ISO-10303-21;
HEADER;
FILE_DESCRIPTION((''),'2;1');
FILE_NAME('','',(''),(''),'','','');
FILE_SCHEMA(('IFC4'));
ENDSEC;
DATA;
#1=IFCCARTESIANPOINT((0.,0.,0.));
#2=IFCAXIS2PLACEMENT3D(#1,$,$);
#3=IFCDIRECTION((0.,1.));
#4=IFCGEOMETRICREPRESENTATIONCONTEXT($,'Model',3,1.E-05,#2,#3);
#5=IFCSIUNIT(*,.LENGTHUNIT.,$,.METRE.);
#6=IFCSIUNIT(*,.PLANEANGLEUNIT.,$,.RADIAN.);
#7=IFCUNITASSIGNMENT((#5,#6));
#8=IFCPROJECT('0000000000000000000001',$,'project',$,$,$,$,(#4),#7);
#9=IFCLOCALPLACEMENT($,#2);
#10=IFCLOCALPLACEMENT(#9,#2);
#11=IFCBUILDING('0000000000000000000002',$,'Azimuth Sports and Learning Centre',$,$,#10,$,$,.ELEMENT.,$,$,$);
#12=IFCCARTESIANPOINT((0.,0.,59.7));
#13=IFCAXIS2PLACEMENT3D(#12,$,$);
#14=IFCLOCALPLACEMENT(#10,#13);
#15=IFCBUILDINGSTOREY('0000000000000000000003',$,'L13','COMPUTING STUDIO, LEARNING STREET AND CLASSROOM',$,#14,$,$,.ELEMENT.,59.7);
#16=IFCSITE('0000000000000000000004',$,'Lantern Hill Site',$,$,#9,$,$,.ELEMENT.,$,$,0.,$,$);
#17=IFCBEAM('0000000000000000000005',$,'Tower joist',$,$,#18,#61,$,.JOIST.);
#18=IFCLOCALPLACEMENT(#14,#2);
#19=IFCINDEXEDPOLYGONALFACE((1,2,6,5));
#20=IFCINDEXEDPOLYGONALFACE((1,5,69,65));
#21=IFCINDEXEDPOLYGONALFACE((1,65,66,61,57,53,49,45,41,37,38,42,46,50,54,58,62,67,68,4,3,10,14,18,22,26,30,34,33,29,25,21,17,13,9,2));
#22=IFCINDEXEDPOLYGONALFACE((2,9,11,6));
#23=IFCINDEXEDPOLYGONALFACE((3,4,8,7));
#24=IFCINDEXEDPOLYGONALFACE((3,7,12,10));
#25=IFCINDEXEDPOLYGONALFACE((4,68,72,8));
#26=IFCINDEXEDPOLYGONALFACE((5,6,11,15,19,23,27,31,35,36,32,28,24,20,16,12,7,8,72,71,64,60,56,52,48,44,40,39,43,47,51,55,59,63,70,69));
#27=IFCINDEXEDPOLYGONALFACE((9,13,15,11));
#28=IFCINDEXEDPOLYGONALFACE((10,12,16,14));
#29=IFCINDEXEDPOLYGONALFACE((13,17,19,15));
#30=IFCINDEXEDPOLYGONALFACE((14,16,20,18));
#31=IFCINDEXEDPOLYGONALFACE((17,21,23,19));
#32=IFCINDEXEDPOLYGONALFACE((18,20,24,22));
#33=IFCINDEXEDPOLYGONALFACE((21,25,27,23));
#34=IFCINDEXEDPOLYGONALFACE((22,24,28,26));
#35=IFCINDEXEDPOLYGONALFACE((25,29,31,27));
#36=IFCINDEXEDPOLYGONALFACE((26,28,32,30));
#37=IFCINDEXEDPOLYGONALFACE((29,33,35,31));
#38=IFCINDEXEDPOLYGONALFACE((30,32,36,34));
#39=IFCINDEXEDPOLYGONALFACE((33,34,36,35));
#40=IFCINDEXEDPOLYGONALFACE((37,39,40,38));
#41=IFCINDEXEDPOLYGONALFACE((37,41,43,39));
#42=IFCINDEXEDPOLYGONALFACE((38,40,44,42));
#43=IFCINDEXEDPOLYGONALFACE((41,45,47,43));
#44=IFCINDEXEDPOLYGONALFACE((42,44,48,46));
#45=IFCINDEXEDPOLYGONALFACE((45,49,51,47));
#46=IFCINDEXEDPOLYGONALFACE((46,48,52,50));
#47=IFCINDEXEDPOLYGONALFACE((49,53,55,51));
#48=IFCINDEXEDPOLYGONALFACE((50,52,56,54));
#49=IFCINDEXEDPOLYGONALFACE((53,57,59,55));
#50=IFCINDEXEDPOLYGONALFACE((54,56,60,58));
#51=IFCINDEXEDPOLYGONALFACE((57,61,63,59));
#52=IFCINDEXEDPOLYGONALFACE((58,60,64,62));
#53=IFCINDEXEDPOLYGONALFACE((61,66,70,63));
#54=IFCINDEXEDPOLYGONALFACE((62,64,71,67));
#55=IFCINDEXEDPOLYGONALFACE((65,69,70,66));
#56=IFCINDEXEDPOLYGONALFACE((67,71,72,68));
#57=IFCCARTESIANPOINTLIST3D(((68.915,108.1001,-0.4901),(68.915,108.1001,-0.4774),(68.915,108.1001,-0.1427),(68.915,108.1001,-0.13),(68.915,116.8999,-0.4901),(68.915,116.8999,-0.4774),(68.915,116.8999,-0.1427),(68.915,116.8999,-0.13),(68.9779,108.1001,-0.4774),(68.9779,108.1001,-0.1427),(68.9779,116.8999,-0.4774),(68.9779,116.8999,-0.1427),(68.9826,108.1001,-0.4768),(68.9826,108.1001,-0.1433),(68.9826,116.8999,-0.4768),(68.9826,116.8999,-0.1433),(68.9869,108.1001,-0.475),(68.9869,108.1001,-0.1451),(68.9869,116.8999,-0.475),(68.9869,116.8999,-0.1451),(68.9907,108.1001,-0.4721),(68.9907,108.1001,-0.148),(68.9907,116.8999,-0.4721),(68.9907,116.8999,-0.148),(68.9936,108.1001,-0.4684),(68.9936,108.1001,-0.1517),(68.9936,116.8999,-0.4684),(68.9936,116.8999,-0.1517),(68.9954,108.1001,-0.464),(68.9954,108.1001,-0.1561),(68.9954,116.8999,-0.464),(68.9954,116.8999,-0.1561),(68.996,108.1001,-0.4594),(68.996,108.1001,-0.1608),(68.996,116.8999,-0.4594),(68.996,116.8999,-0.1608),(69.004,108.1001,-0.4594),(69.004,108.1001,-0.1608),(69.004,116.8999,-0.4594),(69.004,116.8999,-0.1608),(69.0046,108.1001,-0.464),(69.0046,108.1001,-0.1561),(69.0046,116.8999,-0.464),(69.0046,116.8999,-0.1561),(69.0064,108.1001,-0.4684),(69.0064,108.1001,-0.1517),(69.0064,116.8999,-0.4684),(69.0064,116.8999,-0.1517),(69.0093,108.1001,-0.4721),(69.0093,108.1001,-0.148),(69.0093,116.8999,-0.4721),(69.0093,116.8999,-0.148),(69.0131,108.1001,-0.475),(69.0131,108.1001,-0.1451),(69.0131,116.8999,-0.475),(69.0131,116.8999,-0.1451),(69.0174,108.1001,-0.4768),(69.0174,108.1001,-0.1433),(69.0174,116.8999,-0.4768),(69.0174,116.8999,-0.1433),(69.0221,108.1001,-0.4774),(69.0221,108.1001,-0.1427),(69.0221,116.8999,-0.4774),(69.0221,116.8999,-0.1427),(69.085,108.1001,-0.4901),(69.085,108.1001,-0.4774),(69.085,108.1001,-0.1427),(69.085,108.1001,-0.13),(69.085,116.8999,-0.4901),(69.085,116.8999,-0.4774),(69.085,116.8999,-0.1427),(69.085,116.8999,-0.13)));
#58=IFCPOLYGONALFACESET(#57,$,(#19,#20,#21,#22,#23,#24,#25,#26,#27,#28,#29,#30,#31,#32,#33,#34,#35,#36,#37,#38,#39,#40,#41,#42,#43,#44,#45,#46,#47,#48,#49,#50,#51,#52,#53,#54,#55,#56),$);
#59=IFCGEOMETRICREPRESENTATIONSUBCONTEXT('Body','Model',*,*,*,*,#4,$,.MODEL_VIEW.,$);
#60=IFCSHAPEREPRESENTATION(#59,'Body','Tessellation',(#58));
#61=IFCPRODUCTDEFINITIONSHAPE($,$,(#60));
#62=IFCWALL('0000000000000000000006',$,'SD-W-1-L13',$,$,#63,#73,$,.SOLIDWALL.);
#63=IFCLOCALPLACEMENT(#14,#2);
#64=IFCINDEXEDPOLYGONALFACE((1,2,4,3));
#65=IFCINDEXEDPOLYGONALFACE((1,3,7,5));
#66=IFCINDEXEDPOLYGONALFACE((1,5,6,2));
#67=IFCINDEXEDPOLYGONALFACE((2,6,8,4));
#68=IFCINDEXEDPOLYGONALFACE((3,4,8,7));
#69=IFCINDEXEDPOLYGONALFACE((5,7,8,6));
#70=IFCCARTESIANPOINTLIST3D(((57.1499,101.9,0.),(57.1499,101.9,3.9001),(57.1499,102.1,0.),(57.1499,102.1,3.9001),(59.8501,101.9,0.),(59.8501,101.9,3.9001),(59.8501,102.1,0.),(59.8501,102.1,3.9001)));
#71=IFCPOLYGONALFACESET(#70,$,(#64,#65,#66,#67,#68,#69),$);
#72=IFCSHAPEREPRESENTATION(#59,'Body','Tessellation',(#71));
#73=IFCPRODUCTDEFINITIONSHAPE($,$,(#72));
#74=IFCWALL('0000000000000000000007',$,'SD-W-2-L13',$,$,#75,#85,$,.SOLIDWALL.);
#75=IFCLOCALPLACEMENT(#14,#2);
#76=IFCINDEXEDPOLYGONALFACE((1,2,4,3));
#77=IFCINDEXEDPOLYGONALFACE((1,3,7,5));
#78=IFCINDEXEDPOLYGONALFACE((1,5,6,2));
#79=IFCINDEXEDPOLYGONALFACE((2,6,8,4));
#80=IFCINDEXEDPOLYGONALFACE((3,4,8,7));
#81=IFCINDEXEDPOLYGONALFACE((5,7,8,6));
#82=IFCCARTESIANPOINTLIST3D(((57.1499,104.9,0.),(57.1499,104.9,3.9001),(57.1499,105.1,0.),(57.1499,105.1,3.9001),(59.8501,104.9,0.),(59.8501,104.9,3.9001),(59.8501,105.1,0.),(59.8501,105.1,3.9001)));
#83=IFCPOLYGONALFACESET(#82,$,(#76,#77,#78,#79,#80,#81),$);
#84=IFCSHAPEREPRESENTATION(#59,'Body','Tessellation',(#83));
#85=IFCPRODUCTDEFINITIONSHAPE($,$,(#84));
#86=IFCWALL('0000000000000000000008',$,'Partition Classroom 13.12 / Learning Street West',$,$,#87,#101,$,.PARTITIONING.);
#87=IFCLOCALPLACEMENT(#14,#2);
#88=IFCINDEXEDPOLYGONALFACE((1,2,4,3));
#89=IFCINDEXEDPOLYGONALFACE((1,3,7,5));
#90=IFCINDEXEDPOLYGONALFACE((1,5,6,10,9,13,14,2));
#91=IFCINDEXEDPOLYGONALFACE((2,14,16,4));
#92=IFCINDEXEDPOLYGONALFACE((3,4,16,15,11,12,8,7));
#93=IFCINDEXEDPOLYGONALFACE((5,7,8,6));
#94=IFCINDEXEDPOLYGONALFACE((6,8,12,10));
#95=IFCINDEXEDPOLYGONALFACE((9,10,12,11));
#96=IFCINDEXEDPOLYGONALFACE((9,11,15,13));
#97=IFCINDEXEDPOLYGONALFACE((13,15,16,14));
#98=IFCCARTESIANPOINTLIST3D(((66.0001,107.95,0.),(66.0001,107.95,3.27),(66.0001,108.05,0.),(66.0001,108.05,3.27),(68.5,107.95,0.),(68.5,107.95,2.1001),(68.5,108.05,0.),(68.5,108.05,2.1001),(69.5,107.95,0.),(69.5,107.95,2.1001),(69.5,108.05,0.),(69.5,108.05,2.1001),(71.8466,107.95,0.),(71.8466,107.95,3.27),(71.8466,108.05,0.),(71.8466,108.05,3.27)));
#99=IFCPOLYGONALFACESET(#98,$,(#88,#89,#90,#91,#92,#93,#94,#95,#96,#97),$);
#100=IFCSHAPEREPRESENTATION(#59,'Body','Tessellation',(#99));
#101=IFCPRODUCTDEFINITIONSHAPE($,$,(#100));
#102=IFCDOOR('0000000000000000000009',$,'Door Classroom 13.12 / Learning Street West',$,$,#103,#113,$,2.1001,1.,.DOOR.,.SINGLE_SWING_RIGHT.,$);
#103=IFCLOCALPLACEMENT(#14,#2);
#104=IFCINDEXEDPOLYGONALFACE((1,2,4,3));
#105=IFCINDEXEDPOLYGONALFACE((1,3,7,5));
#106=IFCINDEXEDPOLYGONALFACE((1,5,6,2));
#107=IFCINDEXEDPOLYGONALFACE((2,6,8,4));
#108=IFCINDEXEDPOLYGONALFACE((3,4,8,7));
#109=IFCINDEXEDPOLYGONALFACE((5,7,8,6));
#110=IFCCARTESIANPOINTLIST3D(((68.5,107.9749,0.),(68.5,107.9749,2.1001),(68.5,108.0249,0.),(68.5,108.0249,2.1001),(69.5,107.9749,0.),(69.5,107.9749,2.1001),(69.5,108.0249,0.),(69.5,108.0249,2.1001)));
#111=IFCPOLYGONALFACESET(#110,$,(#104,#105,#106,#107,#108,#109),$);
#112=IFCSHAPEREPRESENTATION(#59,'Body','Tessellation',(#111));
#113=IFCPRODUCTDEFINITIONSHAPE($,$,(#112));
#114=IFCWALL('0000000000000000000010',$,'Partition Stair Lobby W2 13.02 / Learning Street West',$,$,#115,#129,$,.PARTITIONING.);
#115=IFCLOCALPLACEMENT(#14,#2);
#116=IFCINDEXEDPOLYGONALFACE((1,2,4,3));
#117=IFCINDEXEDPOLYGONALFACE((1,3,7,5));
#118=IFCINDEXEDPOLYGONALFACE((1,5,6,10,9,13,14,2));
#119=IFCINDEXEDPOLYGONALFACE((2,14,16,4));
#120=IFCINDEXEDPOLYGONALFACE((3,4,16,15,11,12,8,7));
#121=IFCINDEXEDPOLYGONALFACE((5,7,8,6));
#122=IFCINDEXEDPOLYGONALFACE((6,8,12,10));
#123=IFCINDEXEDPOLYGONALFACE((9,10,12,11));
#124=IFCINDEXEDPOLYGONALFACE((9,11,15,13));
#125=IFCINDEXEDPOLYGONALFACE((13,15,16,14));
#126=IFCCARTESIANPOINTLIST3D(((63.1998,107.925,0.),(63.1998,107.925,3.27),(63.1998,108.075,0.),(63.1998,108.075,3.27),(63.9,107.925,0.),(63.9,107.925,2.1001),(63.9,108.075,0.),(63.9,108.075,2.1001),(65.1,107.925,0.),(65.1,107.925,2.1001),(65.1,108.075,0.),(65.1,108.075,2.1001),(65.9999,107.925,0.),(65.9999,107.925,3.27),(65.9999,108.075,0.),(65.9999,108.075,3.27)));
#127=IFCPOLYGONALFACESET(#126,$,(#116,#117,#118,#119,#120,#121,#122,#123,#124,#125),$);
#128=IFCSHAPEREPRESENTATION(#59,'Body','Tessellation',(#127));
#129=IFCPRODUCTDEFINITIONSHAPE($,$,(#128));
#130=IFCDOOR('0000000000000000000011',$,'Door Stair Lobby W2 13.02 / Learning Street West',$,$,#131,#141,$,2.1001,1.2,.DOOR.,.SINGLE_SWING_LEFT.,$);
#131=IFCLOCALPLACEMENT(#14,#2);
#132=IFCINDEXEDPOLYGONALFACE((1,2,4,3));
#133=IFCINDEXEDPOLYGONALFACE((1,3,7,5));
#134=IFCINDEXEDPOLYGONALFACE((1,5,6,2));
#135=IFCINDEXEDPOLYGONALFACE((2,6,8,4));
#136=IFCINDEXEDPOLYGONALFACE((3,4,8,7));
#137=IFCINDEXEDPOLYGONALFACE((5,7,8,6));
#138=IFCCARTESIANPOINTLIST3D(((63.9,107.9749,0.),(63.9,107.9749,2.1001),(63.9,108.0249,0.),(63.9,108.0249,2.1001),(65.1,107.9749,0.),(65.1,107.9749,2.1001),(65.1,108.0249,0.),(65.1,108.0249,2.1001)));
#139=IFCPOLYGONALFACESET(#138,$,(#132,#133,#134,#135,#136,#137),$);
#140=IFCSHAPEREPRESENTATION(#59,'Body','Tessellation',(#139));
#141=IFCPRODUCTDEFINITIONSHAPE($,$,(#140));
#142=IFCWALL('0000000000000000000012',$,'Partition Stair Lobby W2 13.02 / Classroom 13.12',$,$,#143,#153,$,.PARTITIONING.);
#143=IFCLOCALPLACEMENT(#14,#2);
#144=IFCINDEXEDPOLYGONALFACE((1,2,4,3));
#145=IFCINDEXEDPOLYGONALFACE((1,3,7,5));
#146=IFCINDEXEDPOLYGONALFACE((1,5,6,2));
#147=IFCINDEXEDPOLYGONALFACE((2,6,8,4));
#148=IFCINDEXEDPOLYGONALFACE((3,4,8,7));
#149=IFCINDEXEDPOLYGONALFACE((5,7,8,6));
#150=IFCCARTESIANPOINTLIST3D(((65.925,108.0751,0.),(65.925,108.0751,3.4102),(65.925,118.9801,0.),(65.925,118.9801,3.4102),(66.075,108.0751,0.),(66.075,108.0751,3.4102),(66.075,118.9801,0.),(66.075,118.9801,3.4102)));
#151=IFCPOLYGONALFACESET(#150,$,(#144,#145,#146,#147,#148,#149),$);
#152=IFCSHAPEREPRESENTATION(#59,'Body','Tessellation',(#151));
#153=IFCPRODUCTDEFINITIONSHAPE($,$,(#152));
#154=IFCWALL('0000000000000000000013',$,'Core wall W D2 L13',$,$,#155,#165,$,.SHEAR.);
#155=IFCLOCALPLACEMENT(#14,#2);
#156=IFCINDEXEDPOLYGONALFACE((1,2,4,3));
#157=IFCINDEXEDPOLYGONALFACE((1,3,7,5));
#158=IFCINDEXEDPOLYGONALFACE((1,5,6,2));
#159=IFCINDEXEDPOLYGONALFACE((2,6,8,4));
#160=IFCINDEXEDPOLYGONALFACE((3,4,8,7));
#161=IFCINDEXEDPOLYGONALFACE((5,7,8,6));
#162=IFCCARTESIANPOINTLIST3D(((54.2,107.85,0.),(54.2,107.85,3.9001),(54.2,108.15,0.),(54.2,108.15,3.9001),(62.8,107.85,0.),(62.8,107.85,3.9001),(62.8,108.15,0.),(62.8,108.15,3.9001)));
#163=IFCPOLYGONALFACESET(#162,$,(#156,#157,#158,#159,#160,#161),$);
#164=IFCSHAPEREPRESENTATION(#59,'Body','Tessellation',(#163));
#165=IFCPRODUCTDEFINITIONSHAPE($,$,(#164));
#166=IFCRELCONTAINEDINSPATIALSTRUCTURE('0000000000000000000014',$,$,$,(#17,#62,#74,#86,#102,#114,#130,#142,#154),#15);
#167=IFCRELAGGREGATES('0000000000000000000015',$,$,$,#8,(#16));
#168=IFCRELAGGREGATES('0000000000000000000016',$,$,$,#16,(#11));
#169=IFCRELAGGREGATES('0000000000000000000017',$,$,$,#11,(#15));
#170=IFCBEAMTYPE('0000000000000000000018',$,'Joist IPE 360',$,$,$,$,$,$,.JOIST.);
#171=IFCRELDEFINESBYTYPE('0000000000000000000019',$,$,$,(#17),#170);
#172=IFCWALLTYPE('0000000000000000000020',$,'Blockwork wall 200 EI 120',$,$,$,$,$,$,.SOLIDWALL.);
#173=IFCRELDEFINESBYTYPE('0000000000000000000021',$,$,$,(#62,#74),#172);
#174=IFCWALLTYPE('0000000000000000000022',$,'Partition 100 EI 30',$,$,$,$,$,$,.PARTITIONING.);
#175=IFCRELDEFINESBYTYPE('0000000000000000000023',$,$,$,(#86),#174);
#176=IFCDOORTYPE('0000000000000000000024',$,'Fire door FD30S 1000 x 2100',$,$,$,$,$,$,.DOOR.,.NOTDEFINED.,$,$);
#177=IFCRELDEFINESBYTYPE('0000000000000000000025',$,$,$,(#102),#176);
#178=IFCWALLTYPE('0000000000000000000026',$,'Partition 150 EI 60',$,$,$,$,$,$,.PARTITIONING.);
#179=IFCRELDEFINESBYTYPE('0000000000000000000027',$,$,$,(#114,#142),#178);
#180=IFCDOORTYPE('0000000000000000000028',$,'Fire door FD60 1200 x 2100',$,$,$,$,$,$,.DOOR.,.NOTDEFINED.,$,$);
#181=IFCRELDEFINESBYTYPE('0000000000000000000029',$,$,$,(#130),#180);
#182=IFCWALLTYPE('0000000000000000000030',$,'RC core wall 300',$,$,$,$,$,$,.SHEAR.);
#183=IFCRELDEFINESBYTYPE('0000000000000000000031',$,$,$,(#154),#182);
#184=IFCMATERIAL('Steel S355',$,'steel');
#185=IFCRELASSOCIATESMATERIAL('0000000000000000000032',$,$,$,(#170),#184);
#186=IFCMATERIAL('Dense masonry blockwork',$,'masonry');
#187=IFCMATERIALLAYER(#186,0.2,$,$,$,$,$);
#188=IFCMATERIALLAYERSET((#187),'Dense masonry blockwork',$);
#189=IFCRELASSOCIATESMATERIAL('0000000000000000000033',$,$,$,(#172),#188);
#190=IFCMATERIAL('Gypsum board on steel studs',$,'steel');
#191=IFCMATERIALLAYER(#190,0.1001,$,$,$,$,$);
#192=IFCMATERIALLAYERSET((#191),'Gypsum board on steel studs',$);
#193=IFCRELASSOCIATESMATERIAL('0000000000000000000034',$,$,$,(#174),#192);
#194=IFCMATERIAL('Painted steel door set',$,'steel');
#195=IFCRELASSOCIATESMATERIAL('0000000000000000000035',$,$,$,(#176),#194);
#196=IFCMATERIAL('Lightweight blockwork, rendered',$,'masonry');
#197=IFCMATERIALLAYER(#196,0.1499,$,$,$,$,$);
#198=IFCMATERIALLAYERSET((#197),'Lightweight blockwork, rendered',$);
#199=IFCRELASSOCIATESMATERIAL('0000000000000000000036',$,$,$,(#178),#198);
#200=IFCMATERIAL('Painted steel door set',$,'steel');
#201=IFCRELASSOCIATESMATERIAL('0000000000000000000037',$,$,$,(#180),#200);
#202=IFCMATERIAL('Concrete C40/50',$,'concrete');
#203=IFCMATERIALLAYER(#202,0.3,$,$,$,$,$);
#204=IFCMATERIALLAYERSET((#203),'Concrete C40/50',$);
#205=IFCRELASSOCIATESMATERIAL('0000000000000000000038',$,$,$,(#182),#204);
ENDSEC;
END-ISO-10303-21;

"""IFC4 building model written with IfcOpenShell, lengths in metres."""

from ifc_helpers import new_model, si_unit, direction, frame, frame_2d, origin, origin_2d, place, context, subcontext, project, spatial, rectangle, i_section, extrude, material, layer, layer_set, material_profile, profile_set, type_object, element, fill, save


model = new_model("IFC4")

# Units and contexts
model_context = context("Model", 3, precision=1e-05, world=origin(), true_north=direction((0.0, 1.0)))
body_context = subcontext(model_context, "Body", "Model", "MODEL_VIEW")
ifc_project = project(units=[si_unit("LENGTHUNIT", "METRE"), si_unit("PLANEANGLEUNIT", "RADIAN")], contexts=[model_context])

# Site, building, storey
site_placement = place(None, origin())
site = spatial("IfcSite", under=ifc_project, at=site_placement, Name="Lantern Hill Site", CompositionType="ELEMENT", RefElevation=0.0)
building_placement = place(site_placement, origin())
building = spatial("IfcBuilding", under=site, at=building_placement, Name="Azimuth Sports and Learning Centre", CompositionType="ELEMENT")
storey_placement = place(building_placement, frame((0.0, 0.0, 59.7)))
storey = spatial("IfcBuildingStorey", under=building, at=storey_placement, Name="L13", Description="COMPUTING STUDIO, LEARNING STREET AND CLASSROOM", CompositionType="ELEMENT", Elevation=59.7)

# Beam
ifc_material_1 = material(Name="Steel S355", Category="steel")
ifc_material_profile_1 = material_profile(ifc_material_1, i_section(OverallWidth=0.1699, OverallDepth=0.3601, WebThickness=0.0081, FlangeThickness=0.0127, FilletRadius=0.0181, at=origin_2d()), Name="IPE 360")
ifc_profile_set_1 = profile_set([ifc_material_profile_1], Name="Steel S355")
beam_type_1 = type_object("IfcBeamType", Name="Joist IPE 360", PredefinedType="JOIST", material=ifc_profile_set_1)
for number, where, z_axis, x_axis, name in (
    (1, (69.0, 108.1001, -0.3101), (0.0, 1.0, 0.0), (-1.0, 0.0, 0.0), "Tower joist"),
):
    element("IfcBeam", number, at=place(storey_placement, frame(where, z_axis=z_axis, x_axis=x_axis)), inside=storey, type_object=beam_type_1, Name=name, PredefinedType="JOIST", context=body_context, shape_type="SweptSolid", body=[
        extrude(i_section(OverallWidth=0.1699, OverallDepth=0.3601, WebThickness=0.0081, FlangeThickness=0.0127, FilletRadius=0.0181, at=origin_2d()), origin(), (0.0, 0.0, 1.0), 8.7998),
    ])

# Walls
ifc_material_2 = material(Name="Dense masonry blockwork", Category="masonry")
ifc_layer_1 = layer(ifc_material_2, 0.2)
ifc_layer_set_1 = layer_set([ifc_layer_1], Name="Dense masonry blockwork")
wall_type_1 = type_object("IfcWallType", Name="Blockwork wall 200 EI 120", PredefinedType="SOLIDWALL", material=ifc_layer_set_1)
for number, where, z_axis, x_axis, name in (
    (2, (57.1499, 102.0, 0.0), (0.0, 0.0, 1.0), (1.0, 0.0, 0.0), "SD-W-1-L13"),
    (3, (57.1499, 105.0, 0.0), (0.0, 0.0, 1.0), (1.0, 0.0, 0.0), "SD-W-2-L13"),
):
    element("IfcWall", number, at=place(storey_placement, frame(where, z_axis=z_axis, x_axis=x_axis)), inside=storey, type_object=wall_type_1, Name=name, PredefinedType="SOLIDWALL", context=body_context, shape_type="SweptSolid", body=[
        extrude(rectangle(XDim=2.7002, YDim=0.2, at=frame_2d((1.3501, 0.0))), origin(), (0.0, 0.0, 1.0), 3.9001),
    ])

# Walls, openings, doors
ifc_material_3 = material(Name="Gypsum board on steel studs", Category="steel")
ifc_layer_2 = layer(ifc_material_3, 0.1001)
ifc_layer_set_2 = layer_set([ifc_layer_2], Name="Gypsum board on steel studs")
wall_type_2 = type_object("IfcWallType", Name="Partition 100 EI 30", PredefinedType="PARTITIONING", material=ifc_layer_set_2)
wall_1_placement = place(storey_placement, frame((66.0, 108.0, 0.0), z_axis=(0.0, 0.0, 1.0), x_axis=(1.0, 0.0, 0.0)))
wall_1 = element("IfcWall", 4, at=wall_1_placement, inside=storey, type_object=wall_type_2, Name="Partition Classroom 13.12 / Learning Street West", PredefinedType="PARTITIONING", context=body_context, shape_type="SweptSolid", body=[
    extrude(rectangle(XDim=5.8464, YDim=0.1001, at=frame_2d((2.9233, 0.0))), origin(), (0.0, 0.0, 1.0), 3.27),
])
opening_1_placement = place(wall_1_placement, frame((2.5, 0.0, 0.0)))
opening_1 = element("IfcOpeningElement", 5, at=opening_1_placement, cuts=wall_1, PredefinedType="OPENING", context=body_context, shape_type="SweptSolid", body=[
    extrude(rectangle(XDim=1.0, YDim=2.1001, at=frame_2d((0.5, 1.05))), frame((0.0, 0.061, 0.0), z_axis=(0.0, -1.0, 0.0), x_axis=(1.0, 0.0, 0.0)), (0.0, 0.0, 1.0), 0.1221),
])
ifc_material_4 = material(Name="Painted steel door set", Category="steel")
door_type_1 = type_object("IfcDoorType", Name="Fire door FD30S 1000 x 2100", OperationType="NOTDEFINED", PredefinedType="DOOR", material=ifc_material_4)
door_1_placement = place(opening_1_placement, origin())
door_1 = element("IfcDoor", 6, at=door_1_placement, inside=storey, type_object=door_type_1, Name="Door Classroom 13.12 / Learning Street West", OperationType="SINGLE_SWING_RIGHT", OverallHeight=2.1001, OverallWidth=1.0, PredefinedType="DOOR", context=body_context, shape_type="SweptSolid", body=[
    extrude(rectangle(XDim=1.0, YDim=2.1001, at=frame_2d((0.5, 1.05))), frame((0.0, 0.0249, 0.0), z_axis=(0.0, -1.0, 0.0), x_axis=(1.0, 0.0, 0.0)), (0.0, 0.0, 1.0), 0.05),
])
fill(opening_1, door_1)
ifc_material_5 = material(Name="Lightweight blockwork, rendered", Category="masonry")
ifc_layer_3 = layer(ifc_material_5, 0.1499)
ifc_layer_set_3 = layer_set([ifc_layer_3], Name="Lightweight blockwork, rendered")
wall_type_3 = type_object("IfcWallType", Name="Partition 150 EI 60", PredefinedType="PARTITIONING", material=ifc_layer_set_3)
wall_2_placement = place(storey_placement, frame((63.2, 108.0, 0.0), z_axis=(0.0, 0.0, 1.0), x_axis=(1.0, 0.0, 0.0)))
wall_2 = element("IfcWall", 7, at=wall_2_placement, inside=storey, type_object=wall_type_3, Name="Partition Stair Lobby W2 13.02 / Learning Street West", PredefinedType="PARTITIONING", context=body_context, shape_type="SweptSolid", body=[
    extrude(rectangle(XDim=2.8, YDim=0.1499, at=frame_2d((1.3999, 0.0))), origin(), (0.0, 0.0, 1.0), 3.27),
])
opening_2_placement = place(wall_2_placement, frame((0.7, 0.0, 0.0)))
opening_2 = element("IfcOpeningElement", 8, at=opening_2_placement, cuts=wall_2, PredefinedType="OPENING", context=body_context, shape_type="SweptSolid", body=[
    extrude(rectangle(XDim=1.2, YDim=2.1001, at=frame_2d((0.6001, 1.05))), frame((0.0, 0.0859, 0.0), z_axis=(0.0, -1.0, 0.0), x_axis=(1.0, 0.0, 0.0)), (0.0, 0.0, 1.0), 0.1719),
])
ifc_material_6 = material(Name="Painted steel door set", Category="steel")
door_type_2 = type_object("IfcDoorType", Name="Fire door FD60 1200 x 2100", OperationType="NOTDEFINED", PredefinedType="DOOR", material=ifc_material_6)
door_2_placement = place(opening_2_placement, origin())
door_2 = element("IfcDoor", 9, at=door_2_placement, inside=storey, type_object=door_type_2, Name="Door Stair Lobby W2 13.02 / Learning Street West", OperationType="SINGLE_SWING_LEFT", OverallHeight=2.1001, OverallWidth=1.2, PredefinedType="DOOR", context=body_context, shape_type="SweptSolid", body=[
    extrude(rectangle(XDim=1.2, YDim=2.1001, at=frame_2d((0.6001, 1.05))), frame((0.0, 0.0249, 0.0), z_axis=(0.0, -1.0, 0.0), x_axis=(1.0, 0.0, 0.0)), (0.0, 0.0, 1.0), 0.05),
])
fill(opening_2, door_2)

# Walls
wall_3_placement = place(storey_placement, frame((66.0, 108.075, 0.0), z_axis=(0.0, 0.0, 1.0), x_axis=(0.0, 1.0, 0.0)))
element("IfcWall", 10, at=wall_3_placement, inside=storey, type_object=wall_type_3, Name="Partition Stair Lobby W2 13.02 / Classroom 13.12", PredefinedType="PARTITIONING", context=body_context, shape_type="SweptSolid", body=[
    extrude(rectangle(XDim=10.905, YDim=0.1499, at=frame_2d((5.4526, 0.0))), origin(), (0.0, 0.0, 1.0), 3.4102),
])
ifc_material_7 = material(Name="Concrete C40/50", Category="concrete")
ifc_layer_4 = layer(ifc_material_7, 0.3)
ifc_layer_set_4 = layer_set([ifc_layer_4], Name="Concrete C40/50")
wall_type_4 = type_object("IfcWallType", Name="RC core wall 300", PredefinedType="SHEAR", material=ifc_layer_set_4)
wall_4_placement = place(storey_placement, frame((54.2, 108.0, 0.0), z_axis=(0.0, 0.0, 1.0), x_axis=(1.0, 0.0, 0.0)))
element("IfcWall", 11, at=wall_4_placement, inside=storey, type_object=wall_type_4, Name="Core wall W D2 L13", PredefinedType="SHEAR", context=body_context, shape_type="SweptSolid", body=[
    extrude(rectangle(XDim=8.6001, YDim=0.3, at=frame_2d((4.3, 0.0))), origin(), (0.0, 0.0, 1.0), 3.9001),
])

save(model, "model.ifc")
